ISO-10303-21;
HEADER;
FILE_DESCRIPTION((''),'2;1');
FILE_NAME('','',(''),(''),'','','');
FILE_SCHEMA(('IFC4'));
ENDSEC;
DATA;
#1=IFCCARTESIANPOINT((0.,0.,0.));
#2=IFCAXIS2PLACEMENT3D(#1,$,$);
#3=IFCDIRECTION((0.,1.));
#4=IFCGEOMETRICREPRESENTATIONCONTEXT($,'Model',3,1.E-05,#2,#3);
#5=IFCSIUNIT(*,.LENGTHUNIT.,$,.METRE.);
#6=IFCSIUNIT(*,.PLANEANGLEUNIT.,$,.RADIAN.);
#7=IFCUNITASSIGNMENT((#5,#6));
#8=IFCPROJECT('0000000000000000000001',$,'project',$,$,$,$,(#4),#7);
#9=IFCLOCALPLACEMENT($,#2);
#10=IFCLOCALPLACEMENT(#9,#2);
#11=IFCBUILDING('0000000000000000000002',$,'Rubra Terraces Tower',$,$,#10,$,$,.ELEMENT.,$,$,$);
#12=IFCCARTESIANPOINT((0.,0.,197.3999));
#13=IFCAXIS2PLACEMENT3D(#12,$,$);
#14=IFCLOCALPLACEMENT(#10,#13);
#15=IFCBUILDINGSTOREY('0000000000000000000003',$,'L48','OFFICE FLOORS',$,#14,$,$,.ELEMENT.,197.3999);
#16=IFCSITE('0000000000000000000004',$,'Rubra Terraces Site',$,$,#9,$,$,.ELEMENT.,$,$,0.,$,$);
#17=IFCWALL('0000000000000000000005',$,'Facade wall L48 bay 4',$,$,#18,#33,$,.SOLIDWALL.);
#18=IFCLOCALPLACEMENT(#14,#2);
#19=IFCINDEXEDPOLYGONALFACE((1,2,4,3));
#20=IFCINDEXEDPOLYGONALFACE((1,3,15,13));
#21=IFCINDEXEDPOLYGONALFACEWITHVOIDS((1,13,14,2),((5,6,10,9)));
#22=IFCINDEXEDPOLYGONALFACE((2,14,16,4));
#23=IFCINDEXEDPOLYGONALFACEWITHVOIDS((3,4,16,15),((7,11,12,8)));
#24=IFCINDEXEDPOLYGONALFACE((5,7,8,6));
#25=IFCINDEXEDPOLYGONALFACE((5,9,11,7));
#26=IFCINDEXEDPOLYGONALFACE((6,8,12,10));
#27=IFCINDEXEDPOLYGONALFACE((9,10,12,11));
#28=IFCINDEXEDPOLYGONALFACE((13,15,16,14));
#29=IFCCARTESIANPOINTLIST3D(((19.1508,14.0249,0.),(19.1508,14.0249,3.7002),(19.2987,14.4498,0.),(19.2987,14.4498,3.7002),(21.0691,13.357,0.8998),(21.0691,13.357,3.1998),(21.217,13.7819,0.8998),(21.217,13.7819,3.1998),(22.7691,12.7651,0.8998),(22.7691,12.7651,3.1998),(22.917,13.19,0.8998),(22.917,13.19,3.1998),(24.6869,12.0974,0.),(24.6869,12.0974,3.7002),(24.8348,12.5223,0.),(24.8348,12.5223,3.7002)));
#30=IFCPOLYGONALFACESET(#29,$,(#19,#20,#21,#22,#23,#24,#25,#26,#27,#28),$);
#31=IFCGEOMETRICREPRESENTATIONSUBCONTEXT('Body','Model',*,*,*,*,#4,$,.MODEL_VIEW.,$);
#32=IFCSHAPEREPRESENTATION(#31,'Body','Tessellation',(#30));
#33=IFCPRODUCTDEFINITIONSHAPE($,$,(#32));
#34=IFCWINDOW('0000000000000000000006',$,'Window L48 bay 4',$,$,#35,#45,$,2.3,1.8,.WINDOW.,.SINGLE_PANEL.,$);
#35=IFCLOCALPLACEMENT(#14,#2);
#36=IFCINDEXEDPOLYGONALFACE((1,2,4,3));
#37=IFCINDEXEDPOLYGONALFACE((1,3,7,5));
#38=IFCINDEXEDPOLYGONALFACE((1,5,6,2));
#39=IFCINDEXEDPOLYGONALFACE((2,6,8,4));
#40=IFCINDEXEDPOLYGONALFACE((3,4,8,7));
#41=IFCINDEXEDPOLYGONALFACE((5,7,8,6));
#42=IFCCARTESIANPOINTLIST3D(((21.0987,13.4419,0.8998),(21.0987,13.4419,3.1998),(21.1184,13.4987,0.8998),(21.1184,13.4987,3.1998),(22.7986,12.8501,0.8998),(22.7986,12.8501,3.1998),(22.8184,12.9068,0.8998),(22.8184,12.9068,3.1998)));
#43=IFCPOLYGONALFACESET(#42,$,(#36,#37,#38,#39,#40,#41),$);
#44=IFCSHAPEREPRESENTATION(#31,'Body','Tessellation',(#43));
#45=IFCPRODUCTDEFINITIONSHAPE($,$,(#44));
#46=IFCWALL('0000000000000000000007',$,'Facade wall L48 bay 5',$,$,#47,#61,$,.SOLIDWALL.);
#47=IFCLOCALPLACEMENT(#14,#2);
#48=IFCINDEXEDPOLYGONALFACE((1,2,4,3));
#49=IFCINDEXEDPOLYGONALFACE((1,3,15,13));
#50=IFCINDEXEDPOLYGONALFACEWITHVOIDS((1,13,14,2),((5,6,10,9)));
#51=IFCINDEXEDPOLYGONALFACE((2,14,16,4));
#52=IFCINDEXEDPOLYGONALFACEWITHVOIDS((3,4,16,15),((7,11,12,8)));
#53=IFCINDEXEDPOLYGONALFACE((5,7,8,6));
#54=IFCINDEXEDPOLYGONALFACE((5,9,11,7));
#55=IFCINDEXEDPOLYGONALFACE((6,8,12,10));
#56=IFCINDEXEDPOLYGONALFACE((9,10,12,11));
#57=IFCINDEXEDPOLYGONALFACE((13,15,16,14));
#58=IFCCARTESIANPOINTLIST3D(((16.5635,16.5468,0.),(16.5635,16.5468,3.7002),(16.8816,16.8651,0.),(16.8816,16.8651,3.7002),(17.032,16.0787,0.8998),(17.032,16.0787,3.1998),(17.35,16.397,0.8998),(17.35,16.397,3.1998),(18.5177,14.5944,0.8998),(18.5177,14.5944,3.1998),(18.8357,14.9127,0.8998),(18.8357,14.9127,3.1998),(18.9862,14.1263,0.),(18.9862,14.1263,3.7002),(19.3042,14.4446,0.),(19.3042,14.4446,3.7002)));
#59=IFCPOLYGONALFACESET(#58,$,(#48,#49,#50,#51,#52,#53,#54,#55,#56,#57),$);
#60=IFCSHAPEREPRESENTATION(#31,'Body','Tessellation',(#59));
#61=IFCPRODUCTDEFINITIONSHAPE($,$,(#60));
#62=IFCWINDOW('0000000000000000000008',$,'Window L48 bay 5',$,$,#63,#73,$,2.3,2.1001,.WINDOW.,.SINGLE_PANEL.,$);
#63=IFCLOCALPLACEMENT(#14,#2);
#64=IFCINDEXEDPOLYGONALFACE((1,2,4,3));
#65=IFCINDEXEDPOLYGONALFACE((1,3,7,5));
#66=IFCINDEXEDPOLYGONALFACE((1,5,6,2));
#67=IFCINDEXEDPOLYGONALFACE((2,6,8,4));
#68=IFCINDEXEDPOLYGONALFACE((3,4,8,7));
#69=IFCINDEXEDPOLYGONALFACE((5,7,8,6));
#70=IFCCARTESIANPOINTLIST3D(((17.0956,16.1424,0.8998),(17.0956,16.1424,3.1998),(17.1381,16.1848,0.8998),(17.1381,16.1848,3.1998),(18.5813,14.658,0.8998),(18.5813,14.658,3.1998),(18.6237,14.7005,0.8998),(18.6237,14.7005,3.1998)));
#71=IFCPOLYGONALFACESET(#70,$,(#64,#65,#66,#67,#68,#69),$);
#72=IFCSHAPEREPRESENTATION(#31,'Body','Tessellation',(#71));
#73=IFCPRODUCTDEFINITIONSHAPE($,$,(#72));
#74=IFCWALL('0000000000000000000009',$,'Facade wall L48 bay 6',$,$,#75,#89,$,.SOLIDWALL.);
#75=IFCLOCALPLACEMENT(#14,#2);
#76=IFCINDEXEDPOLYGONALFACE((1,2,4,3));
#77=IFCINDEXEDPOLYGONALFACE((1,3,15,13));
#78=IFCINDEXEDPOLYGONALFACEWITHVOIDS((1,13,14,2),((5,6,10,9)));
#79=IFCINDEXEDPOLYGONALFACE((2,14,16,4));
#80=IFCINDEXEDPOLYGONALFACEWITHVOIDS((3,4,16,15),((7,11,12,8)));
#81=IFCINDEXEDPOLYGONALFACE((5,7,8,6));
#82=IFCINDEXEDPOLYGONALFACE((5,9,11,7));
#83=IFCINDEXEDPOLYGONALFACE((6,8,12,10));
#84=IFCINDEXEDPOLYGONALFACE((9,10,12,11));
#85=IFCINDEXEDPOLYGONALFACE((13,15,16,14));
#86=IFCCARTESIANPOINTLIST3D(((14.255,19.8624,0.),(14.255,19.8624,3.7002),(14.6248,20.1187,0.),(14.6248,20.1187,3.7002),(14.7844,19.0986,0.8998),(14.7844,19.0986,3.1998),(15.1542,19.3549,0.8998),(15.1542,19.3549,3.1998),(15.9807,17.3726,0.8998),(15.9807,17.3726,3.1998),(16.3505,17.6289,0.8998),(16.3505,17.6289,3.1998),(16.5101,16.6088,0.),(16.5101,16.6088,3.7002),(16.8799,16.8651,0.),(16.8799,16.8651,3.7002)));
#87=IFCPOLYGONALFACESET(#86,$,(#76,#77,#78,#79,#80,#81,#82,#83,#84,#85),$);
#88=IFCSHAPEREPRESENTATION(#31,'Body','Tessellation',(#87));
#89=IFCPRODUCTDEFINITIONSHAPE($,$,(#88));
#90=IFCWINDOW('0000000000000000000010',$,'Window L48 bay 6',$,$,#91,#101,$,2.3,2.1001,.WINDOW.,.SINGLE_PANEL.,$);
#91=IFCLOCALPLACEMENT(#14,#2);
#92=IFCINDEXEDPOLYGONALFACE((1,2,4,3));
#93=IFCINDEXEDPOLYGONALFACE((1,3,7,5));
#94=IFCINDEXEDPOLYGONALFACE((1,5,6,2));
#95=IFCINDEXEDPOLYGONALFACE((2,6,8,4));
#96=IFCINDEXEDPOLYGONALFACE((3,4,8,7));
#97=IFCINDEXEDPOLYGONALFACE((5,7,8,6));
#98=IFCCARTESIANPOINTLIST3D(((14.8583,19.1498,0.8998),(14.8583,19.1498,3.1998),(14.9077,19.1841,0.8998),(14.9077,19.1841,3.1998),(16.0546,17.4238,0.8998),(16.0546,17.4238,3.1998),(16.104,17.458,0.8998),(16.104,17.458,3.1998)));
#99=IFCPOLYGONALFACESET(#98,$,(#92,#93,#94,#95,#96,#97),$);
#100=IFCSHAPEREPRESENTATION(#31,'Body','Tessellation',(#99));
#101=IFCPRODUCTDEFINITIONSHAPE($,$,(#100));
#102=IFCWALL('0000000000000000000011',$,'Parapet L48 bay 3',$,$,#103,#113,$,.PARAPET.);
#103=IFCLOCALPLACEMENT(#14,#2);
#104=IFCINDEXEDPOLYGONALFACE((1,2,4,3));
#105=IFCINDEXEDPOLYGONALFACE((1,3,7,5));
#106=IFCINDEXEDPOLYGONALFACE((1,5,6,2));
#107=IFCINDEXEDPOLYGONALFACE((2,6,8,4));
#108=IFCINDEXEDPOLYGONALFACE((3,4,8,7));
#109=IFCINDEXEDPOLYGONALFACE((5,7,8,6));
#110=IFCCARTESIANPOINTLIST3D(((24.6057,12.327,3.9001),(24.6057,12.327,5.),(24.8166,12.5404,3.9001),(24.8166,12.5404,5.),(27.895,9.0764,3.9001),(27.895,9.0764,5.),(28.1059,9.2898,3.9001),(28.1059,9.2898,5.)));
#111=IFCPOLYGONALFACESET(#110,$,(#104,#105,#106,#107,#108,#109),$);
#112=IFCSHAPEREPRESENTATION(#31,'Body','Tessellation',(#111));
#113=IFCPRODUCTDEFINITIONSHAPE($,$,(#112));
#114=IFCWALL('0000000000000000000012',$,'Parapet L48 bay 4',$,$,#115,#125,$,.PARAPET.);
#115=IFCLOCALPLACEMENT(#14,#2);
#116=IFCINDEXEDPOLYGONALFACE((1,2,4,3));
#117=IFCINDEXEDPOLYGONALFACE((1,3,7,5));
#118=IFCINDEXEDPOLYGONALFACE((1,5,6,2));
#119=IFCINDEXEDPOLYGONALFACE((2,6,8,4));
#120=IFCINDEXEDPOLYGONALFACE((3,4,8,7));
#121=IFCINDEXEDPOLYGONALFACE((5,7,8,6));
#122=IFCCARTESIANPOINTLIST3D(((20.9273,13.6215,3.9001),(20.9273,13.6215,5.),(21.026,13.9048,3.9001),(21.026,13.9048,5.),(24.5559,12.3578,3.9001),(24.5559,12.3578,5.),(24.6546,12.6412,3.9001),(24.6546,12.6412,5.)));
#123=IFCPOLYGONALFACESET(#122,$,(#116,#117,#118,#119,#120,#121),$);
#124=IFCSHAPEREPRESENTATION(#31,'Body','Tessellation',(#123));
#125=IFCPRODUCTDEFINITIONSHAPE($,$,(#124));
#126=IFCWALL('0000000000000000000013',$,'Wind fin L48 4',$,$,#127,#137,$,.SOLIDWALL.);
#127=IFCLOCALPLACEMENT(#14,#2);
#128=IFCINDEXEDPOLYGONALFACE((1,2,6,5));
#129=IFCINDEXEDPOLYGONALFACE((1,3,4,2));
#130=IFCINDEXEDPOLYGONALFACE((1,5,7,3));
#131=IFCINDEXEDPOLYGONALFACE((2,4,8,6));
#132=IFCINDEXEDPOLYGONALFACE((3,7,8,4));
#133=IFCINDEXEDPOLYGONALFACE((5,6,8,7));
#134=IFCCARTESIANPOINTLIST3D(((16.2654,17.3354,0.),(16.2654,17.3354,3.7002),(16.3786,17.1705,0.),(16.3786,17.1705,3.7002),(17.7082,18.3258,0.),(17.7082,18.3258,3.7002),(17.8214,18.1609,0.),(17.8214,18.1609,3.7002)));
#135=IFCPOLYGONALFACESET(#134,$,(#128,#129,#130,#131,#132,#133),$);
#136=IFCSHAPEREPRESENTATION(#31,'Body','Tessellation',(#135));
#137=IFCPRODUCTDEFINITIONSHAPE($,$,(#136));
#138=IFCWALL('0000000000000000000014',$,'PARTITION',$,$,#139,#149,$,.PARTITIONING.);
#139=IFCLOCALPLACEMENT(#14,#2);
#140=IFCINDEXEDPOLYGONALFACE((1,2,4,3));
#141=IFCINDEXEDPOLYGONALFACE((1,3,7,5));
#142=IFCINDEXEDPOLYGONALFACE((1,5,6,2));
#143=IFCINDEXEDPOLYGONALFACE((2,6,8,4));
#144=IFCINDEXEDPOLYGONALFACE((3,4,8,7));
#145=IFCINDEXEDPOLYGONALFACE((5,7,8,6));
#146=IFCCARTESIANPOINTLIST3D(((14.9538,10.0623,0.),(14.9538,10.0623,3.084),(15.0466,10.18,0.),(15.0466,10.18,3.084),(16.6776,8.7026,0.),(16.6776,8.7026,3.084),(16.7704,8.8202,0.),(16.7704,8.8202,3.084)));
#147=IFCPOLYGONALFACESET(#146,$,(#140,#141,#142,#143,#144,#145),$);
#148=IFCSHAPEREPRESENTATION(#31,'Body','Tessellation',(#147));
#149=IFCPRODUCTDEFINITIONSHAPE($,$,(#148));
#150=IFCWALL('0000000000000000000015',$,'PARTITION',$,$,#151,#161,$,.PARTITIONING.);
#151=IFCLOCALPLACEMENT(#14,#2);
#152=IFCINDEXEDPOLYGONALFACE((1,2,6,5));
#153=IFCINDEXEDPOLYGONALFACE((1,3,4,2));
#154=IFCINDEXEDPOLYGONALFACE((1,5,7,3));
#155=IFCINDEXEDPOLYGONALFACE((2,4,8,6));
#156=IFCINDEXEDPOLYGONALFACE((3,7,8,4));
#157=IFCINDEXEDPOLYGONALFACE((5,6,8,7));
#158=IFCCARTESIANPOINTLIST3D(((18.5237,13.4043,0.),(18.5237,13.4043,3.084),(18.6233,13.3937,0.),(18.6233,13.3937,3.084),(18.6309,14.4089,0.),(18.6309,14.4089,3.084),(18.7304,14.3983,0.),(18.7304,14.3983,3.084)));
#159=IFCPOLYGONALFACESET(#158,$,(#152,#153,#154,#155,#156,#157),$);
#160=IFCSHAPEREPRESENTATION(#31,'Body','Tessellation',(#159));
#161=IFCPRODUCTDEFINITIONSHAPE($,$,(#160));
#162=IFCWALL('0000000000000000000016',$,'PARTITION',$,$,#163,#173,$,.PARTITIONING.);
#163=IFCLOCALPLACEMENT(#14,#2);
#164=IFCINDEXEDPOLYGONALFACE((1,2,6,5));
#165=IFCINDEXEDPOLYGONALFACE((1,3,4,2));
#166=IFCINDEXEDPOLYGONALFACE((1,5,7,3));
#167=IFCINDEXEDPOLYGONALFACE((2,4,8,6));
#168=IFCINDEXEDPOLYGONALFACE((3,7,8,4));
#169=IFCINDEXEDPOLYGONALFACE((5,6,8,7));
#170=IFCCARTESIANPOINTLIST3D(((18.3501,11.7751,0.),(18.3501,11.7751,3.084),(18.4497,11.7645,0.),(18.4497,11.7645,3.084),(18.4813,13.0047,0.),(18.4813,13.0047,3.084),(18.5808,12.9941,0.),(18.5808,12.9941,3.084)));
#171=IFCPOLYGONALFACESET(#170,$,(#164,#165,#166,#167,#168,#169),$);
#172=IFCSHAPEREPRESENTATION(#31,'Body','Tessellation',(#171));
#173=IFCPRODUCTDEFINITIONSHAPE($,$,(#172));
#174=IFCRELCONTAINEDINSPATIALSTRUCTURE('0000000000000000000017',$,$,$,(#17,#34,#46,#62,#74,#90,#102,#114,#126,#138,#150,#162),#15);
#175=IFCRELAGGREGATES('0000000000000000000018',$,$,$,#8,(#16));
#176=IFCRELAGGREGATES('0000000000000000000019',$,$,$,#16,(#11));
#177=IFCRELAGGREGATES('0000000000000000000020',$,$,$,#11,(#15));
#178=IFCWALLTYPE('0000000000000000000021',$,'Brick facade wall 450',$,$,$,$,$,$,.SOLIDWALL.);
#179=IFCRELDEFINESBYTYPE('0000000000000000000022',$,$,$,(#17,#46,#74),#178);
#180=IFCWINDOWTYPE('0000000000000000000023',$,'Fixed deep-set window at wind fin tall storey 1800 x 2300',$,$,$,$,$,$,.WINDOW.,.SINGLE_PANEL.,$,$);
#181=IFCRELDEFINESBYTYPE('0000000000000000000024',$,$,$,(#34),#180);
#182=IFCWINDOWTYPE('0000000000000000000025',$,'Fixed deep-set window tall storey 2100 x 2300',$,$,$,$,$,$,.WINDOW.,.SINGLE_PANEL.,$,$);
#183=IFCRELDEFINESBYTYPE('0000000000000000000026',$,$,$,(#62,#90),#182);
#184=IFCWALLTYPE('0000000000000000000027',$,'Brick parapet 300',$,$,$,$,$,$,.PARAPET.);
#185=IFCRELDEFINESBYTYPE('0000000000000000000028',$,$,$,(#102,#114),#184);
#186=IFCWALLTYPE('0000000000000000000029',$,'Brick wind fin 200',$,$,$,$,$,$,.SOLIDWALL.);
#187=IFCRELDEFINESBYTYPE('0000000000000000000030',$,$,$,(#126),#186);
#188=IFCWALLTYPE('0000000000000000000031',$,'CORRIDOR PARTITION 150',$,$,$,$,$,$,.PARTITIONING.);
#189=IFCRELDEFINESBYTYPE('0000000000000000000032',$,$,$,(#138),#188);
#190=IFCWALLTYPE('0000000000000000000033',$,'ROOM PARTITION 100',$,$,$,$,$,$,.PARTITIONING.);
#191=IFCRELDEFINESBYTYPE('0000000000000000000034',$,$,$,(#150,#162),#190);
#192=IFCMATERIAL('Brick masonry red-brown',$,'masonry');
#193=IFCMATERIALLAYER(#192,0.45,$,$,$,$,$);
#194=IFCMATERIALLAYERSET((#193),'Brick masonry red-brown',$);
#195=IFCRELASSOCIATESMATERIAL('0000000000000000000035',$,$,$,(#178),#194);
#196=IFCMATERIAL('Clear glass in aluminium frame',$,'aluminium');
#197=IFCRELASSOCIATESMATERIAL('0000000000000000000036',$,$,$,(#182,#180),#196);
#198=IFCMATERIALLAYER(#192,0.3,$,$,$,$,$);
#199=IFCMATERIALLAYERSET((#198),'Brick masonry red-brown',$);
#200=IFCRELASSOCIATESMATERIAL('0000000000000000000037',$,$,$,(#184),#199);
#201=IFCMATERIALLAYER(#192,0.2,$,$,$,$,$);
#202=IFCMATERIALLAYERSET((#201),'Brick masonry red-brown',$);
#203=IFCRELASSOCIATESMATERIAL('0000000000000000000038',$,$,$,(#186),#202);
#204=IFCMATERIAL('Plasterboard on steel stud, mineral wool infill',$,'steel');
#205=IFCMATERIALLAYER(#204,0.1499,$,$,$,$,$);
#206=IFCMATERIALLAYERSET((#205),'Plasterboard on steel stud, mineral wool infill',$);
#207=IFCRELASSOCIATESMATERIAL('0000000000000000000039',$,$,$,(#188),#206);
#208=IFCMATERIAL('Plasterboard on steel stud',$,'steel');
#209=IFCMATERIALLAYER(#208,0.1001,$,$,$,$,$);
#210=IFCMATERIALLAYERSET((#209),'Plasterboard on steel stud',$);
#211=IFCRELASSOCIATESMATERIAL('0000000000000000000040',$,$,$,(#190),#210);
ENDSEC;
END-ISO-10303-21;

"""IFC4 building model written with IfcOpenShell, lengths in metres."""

from ifc_helpers import new_model, si_unit, direction, frame, frame_2d, origin, place, context, subcontext, project, spatial, rectangle, extrude, material, layer, layer_set, type_object, element, fill, save


model = new_model("IFC4")

# Units and contexts
model_context = context("Model", 3, precision=1e-05, world=origin(), true_north=direction((0.0, 1.0)))
body_context = subcontext(model_context, "Body", "Model", "MODEL_VIEW")
ifc_project = project(units=[si_unit("LENGTHUNIT", "METRE"), si_unit("PLANEANGLEUNIT", "RADIAN")], contexts=[model_context])

# Site, building, storey
site_placement = place(None, origin())
site = spatial("IfcSite", under=ifc_project, at=site_placement, Name="Rubra Terraces Site", CompositionType="ELEMENT", RefElevation=0.0)
building_placement = place(site_placement, origin())
building = spatial("IfcBuilding", under=site, at=building_placement, Name="Rubra Terraces Tower", CompositionType="ELEMENT")
storey_placement = place(building_placement, frame((0.0, 0.0, 197.3999)))
storey = spatial("IfcBuildingStorey", under=building, at=storey_placement, Name="L48", Description="OFFICE FLOORS", CompositionType="ELEMENT", Elevation=197.3999)

# Walls, openings, windows
ifc_material_1 = material(Name="Brick masonry red-brown", Category="masonry")
ifc_layer_1 = layer(ifc_material_1, 0.45)
ifc_layer_set_1 = layer_set([ifc_layer_1], Name="Brick masonry red-brown")
wall_type_1 = type_object("IfcWallType", Name="Brick facade wall 450", PredefinedType="SOLIDWALL", material=ifc_layer_set_1)
ifc_material_2 = material(Name="Clear glass in aluminium frame", Category="aluminium")
window_type_1 = type_object("IfcWindowType", Name="Fixed deep-set window tall storey 2100 x 2300", PartitioningType="SINGLE_PANEL", PredefinedType="WINDOW", material=ifc_material_2)
wall_1_placement = place(storey_placement, frame((24.761, 12.3098, 0.0), z_axis=(0.0, 0.0, 1.0), x_axis=(-0.944397, 0.328807, 0.0)))
wall_1 = element("IfcWall", 1, at=wall_1_placement, inside=storey, type_object=wall_type_1, Name="Facade wall L48 bay 4", PredefinedType="SOLIDWALL", context=body_context, shape_type="SweptSolid", body=[
    extrude(rectangle(XDim=5.8621, YDim=0.45, at=frame_2d((2.9312, 0.0))), origin(), (0.0, 0.0, 1.0), 3.7002),
])
opening_1_placement = place(wall_1_placement, frame((2.031, 0.0, 0.8999)))
opening_1 = element("IfcOpeningElement", 2, at=opening_1_placement, cuts=wall_1, PredefinedType="OPENING", context=body_context, shape_type="SweptSolid", body=[
    extrude(rectangle(XDim=1.8, YDim=2.3, at=frame_2d((0.8999, 1.1499))), frame((0.0, 0.2349, 0.0), z_axis=(0.0, -1.0, 0.0), x_axis=(1.0, 0.0, 0.0)), (0.0, 0.0, 1.0), 0.47),
])
window_type_2 = type_object("IfcWindowType", Name="Fixed deep-set window at wind fin tall storey 1800 x 2300", PartitioningType="SINGLE_PANEL", PredefinedType="WINDOW", material=ifc_material_2)
window_1_placement = place(opening_1_placement, origin())
window_1 = element("IfcWindow", 3, at=window_1_placement, inside=storey, type_object=window_type_2, Name="Window L48 bay 4", OverallHeight=2.3, OverallWidth=1.8, PartitioningType="SINGLE_PANEL", PredefinedType="WINDOW", context=body_context, shape_type="SweptSolid", body=[
    extrude(rectangle(XDim=1.8, YDim=2.3, at=frame_2d((0.8999, 1.1499))), frame((0.0, 0.135, 0.0), z_axis=(0.0, -1.0, 0.0), x_axis=(1.0, 0.0, 0.0)), (0.0, 0.0, 1.0), 0.0601),
])
fill(opening_1, window_1)
wall_2_placement = place(storey_placement, frame((19.1453, 14.2854, 0.0), z_axis=(0.0, 0.0, 1.0), x_axis=(-0.707428, 0.706786, 0.0)))
wall_2 = element("IfcWall", 4, at=wall_2_placement, inside=storey, type_object=wall_type_1, Name="Facade wall L48 bay 5", PredefinedType="SOLIDWALL", context=body_context, shape_type="SweptSolid", body=[
    extrude(rectangle(XDim=3.4246, YDim=0.45, at=frame_2d((1.7124, 0.0))), origin(), (0.0, 0.0, 1.0), 3.7002),
])
opening_2_placement = place(wall_2_placement, frame((0.6624, 0.0, 0.8999)))
opening_2 = element("IfcOpeningElement", 5, at=opening_2_placement, cuts=wall_2, PredefinedType="OPENING", context=body_context, shape_type="SweptSolid", body=[
    extrude(rectangle(XDim=2.1001, YDim=2.3, at=frame_2d((1.05, 1.1499))), frame((0.0, 0.2349, 0.0), z_axis=(0.0, -1.0, 0.0), x_axis=(1.0, 0.0, 0.0)), (0.0, 0.0, 1.0), 0.47),
])
window_2_placement = place(opening_2_placement, origin())
window_2 = element("IfcWindow", 6, at=window_2_placement, inside=storey, type_object=window_type_1, Name="Window L48 bay 5", OverallHeight=2.3, OverallWidth=2.1001, PartitioningType="SINGLE_PANEL", PredefinedType="WINDOW", context=body_context, shape_type="SweptSolid", body=[
    extrude(rectangle(XDim=2.1001, YDim=2.3, at=frame_2d((1.05, 1.1499))), frame((0.0, 0.135, 0.0), z_axis=(0.0, -1.0, 0.0), x_axis=(1.0, 0.0, 0.0)), (0.0, 0.0, 1.0), 0.0601),
])
fill(opening_2, window_2)
wall_3_placement = place(storey_placement, frame((16.6951, 16.7368, 0.0), z_axis=(0.0, 0.0, 1.0), x_axis=(-0.569652, 0.821886, 0.0)))
wall_3 = element("IfcWall", 7, at=wall_3_placement, inside=storey, type_object=wall_type_1, Name="Facade wall L48 bay 6", PredefinedType="SOLIDWALL", context=body_context, shape_type="SweptSolid", body=[
    extrude(rectangle(XDim=3.9587, YDim=0.45, at=frame_2d((1.9795, 0.0))), origin(), (0.0, 0.0, 1.0), 3.7002),
])
opening_3_placement = place(wall_3_placement, frame((0.9294, 0.0, 0.8999)))
opening_3 = element("IfcOpeningElement", 8, at=opening_3_placement, cuts=wall_3, PredefinedType="OPENING", context=body_context, shape_type="SweptSolid", body=[
    extrude(rectangle(XDim=2.1001, YDim=2.3, at=frame_2d((1.05, 1.1499))), frame((0.0, 0.2349, 0.0), z_axis=(0.0, -1.0, 0.0), x_axis=(1.0, 0.0, 0.0)), (0.0, 0.0, 1.0), 0.47),
])
window_3_placement = place(opening_3_placement, origin())
window_3 = element("IfcWindow", 9, at=window_3_placement, inside=storey, type_object=window_type_1, Name="Window L48 bay 6", OverallHeight=2.3, OverallWidth=2.1001, PartitioningType="SINGLE_PANEL", PredefinedType="WINDOW", context=body_context, shape_type="SweptSolid", body=[
    extrude(rectangle(XDim=2.1001, YDim=2.3, at=frame_2d((1.05, 1.1499))), frame((0.0, 0.135, 0.0), z_axis=(0.0, -1.0, 0.0), x_axis=(1.0, 0.0, 0.0)), (0.0, 0.0, 1.0), 0.0601),
])
fill(opening_3, window_3)

# Walls
ifc_layer_2 = layer(ifc_material_1, 0.3)
ifc_layer_set_2 = layer_set([ifc_layer_2], Name="Brick masonry red-brown")
wall_type_2 = type_object("IfcWallType", Name="Brick parapet 300", PredefinedType="PARAPET", material=ifc_layer_set_2)
wall_4_placement = place(storey_placement, frame((28.0005, 9.1831, 3.9001), z_axis=(0.0, 0.0, 1.0), x_axis=(-0.711291, 0.702897, 0.0)))
element("IfcWall", 10, at=wall_4_placement, inside=storey, type_object=wall_type_2, Name="Parapet L48 bay 3", PredefinedType="PARAPET", context=body_context, shape_type="SweptSolid", body=[
    extrude(rectangle(XDim=4.6245, YDim=0.3, at=frame_2d((2.3123, 0.0))), origin(), (0.0, 0.0, 1.0), 1.0999),
])
wall_5_placement = place(storey_placement, frame((24.6052, 12.4995, 3.9001), z_axis=(0.0, 0.0, 1.0), x_axis=(-0.944373, 0.328875, 0.0)))
element("IfcWall", 11, at=wall_5_placement, inside=storey, type_object=wall_type_2, Name="Parapet L48 bay 4", PredefinedType="PARAPET", context=body_context, shape_type="SweptSolid", body=[
    extrude(rectangle(XDim=3.8423, YDim=0.3, at=frame_2d((1.9211, 0.0))), origin(), (0.0, 0.0, 1.0), 1.0999),
])
ifc_layer_3 = layer(ifc_material_1, 0.2)
ifc_layer_set_3 = layer_set([ifc_layer_3], Name="Brick masonry red-brown")
wall_type_3 = type_object("IfcWallType", Name="Brick wind fin 200", PredefinedType="SOLIDWALL", material=ifc_layer_set_3)
wall_6_placement = place(storey_placement, frame((16.322, 17.2529, 0.0), z_axis=(0.0, 0.0, 1.0), x_axis=(0.824441, 0.565948, 0.0)))
element("IfcWall", 12, at=wall_6_placement, inside=storey, type_object=wall_type_3, Name="Wind fin L48 4", PredefinedType="SOLIDWALL", context=body_context, shape_type="SweptSolid", body=[
    extrude(rectangle(XDim=1.75, YDim=0.2, at=frame_2d((0.875, 0.0))), origin(), (0.0, 0.0, 1.0), 3.7002),
])
ifc_material_3 = material(Name="Plasterboard on steel stud, mineral wool infill", Category="steel")
ifc_layer_4 = layer(ifc_material_3, 0.1499)
ifc_layer_set_4 = layer_set([ifc_layer_4], Name="Plasterboard on steel stud, mineral wool infill")
wall_type_4 = type_object("IfcWallType", Name="CORRIDOR PARTITION 150", PredefinedType="PARTITIONING", material=ifc_layer_set_4)
wall_7_placement = place(storey_placement, frame((16.7239, 8.7615, 0.0), z_axis=(0.0, 0.0, 1.0), x_axis=(-0.785125, 0.619338, 0.0)))
element("IfcWall", 13, at=wall_7_placement, inside=storey, type_object=wall_type_4, Name="PARTITION", PredefinedType="PARTITIONING", context=body_context, shape_type="SweptSolid", body=[
    extrude(rectangle(XDim=2.1956, YDim=0.1499, at=frame_2d((1.0977, 0.0))), origin(), (0.0, 0.0, 1.0), 3.084),
])

# Walls
ifc_material_4 = material(Name="Plasterboard on steel stud", Category="steel")
ifc_layer_5 = layer(ifc_material_4, 0.1001)
ifc_layer_set_5 = layer_set([ifc_layer_5], Name="Plasterboard on steel stud")
wall_type_5 = type_object("IfcWallType", Name="ROOM PARTITION 100", PredefinedType="PARTITIONING", material=ifc_layer_set_5)
wall_8_placement = place(storey_placement, frame((18.6807, 14.4036, 0.0), z_axis=(0.0, 0.0, 1.0), x_axis=(-0.106081, -0.994358, 0.0)))
element("IfcWall", 14, at=wall_8_placement, inside=storey, type_object=wall_type_5, Name="PARTITION", PredefinedType="PARTITIONING", context=body_context, shape_type="SweptSolid", body=[
    extrude(rectangle(XDim=1.0103, YDim=0.1001, at=frame_2d((0.5051, 0.0))), origin(), (0.0, 0.0, 1.0), 3.084),
])
wall_9_placement = place(storey_placement, frame((18.531, 12.9993, 0.0), z_axis=(0.0, 0.0, 1.0), x_axis=(-0.106031, -0.994363, 0.0)))
element("IfcWall", 15, at=wall_9_placement, inside=storey, type_object=wall_type_5, Name="PARTITION", PredefinedType="PARTITIONING", context=body_context, shape_type="SweptSolid", body=[
    extrude(rectangle(XDim=1.2366, YDim=0.1001, at=frame_2d((0.6182, 0.0))), origin(), (0.0, 0.0, 1.0), 3.084),
])

save(model, "model.ifc")
